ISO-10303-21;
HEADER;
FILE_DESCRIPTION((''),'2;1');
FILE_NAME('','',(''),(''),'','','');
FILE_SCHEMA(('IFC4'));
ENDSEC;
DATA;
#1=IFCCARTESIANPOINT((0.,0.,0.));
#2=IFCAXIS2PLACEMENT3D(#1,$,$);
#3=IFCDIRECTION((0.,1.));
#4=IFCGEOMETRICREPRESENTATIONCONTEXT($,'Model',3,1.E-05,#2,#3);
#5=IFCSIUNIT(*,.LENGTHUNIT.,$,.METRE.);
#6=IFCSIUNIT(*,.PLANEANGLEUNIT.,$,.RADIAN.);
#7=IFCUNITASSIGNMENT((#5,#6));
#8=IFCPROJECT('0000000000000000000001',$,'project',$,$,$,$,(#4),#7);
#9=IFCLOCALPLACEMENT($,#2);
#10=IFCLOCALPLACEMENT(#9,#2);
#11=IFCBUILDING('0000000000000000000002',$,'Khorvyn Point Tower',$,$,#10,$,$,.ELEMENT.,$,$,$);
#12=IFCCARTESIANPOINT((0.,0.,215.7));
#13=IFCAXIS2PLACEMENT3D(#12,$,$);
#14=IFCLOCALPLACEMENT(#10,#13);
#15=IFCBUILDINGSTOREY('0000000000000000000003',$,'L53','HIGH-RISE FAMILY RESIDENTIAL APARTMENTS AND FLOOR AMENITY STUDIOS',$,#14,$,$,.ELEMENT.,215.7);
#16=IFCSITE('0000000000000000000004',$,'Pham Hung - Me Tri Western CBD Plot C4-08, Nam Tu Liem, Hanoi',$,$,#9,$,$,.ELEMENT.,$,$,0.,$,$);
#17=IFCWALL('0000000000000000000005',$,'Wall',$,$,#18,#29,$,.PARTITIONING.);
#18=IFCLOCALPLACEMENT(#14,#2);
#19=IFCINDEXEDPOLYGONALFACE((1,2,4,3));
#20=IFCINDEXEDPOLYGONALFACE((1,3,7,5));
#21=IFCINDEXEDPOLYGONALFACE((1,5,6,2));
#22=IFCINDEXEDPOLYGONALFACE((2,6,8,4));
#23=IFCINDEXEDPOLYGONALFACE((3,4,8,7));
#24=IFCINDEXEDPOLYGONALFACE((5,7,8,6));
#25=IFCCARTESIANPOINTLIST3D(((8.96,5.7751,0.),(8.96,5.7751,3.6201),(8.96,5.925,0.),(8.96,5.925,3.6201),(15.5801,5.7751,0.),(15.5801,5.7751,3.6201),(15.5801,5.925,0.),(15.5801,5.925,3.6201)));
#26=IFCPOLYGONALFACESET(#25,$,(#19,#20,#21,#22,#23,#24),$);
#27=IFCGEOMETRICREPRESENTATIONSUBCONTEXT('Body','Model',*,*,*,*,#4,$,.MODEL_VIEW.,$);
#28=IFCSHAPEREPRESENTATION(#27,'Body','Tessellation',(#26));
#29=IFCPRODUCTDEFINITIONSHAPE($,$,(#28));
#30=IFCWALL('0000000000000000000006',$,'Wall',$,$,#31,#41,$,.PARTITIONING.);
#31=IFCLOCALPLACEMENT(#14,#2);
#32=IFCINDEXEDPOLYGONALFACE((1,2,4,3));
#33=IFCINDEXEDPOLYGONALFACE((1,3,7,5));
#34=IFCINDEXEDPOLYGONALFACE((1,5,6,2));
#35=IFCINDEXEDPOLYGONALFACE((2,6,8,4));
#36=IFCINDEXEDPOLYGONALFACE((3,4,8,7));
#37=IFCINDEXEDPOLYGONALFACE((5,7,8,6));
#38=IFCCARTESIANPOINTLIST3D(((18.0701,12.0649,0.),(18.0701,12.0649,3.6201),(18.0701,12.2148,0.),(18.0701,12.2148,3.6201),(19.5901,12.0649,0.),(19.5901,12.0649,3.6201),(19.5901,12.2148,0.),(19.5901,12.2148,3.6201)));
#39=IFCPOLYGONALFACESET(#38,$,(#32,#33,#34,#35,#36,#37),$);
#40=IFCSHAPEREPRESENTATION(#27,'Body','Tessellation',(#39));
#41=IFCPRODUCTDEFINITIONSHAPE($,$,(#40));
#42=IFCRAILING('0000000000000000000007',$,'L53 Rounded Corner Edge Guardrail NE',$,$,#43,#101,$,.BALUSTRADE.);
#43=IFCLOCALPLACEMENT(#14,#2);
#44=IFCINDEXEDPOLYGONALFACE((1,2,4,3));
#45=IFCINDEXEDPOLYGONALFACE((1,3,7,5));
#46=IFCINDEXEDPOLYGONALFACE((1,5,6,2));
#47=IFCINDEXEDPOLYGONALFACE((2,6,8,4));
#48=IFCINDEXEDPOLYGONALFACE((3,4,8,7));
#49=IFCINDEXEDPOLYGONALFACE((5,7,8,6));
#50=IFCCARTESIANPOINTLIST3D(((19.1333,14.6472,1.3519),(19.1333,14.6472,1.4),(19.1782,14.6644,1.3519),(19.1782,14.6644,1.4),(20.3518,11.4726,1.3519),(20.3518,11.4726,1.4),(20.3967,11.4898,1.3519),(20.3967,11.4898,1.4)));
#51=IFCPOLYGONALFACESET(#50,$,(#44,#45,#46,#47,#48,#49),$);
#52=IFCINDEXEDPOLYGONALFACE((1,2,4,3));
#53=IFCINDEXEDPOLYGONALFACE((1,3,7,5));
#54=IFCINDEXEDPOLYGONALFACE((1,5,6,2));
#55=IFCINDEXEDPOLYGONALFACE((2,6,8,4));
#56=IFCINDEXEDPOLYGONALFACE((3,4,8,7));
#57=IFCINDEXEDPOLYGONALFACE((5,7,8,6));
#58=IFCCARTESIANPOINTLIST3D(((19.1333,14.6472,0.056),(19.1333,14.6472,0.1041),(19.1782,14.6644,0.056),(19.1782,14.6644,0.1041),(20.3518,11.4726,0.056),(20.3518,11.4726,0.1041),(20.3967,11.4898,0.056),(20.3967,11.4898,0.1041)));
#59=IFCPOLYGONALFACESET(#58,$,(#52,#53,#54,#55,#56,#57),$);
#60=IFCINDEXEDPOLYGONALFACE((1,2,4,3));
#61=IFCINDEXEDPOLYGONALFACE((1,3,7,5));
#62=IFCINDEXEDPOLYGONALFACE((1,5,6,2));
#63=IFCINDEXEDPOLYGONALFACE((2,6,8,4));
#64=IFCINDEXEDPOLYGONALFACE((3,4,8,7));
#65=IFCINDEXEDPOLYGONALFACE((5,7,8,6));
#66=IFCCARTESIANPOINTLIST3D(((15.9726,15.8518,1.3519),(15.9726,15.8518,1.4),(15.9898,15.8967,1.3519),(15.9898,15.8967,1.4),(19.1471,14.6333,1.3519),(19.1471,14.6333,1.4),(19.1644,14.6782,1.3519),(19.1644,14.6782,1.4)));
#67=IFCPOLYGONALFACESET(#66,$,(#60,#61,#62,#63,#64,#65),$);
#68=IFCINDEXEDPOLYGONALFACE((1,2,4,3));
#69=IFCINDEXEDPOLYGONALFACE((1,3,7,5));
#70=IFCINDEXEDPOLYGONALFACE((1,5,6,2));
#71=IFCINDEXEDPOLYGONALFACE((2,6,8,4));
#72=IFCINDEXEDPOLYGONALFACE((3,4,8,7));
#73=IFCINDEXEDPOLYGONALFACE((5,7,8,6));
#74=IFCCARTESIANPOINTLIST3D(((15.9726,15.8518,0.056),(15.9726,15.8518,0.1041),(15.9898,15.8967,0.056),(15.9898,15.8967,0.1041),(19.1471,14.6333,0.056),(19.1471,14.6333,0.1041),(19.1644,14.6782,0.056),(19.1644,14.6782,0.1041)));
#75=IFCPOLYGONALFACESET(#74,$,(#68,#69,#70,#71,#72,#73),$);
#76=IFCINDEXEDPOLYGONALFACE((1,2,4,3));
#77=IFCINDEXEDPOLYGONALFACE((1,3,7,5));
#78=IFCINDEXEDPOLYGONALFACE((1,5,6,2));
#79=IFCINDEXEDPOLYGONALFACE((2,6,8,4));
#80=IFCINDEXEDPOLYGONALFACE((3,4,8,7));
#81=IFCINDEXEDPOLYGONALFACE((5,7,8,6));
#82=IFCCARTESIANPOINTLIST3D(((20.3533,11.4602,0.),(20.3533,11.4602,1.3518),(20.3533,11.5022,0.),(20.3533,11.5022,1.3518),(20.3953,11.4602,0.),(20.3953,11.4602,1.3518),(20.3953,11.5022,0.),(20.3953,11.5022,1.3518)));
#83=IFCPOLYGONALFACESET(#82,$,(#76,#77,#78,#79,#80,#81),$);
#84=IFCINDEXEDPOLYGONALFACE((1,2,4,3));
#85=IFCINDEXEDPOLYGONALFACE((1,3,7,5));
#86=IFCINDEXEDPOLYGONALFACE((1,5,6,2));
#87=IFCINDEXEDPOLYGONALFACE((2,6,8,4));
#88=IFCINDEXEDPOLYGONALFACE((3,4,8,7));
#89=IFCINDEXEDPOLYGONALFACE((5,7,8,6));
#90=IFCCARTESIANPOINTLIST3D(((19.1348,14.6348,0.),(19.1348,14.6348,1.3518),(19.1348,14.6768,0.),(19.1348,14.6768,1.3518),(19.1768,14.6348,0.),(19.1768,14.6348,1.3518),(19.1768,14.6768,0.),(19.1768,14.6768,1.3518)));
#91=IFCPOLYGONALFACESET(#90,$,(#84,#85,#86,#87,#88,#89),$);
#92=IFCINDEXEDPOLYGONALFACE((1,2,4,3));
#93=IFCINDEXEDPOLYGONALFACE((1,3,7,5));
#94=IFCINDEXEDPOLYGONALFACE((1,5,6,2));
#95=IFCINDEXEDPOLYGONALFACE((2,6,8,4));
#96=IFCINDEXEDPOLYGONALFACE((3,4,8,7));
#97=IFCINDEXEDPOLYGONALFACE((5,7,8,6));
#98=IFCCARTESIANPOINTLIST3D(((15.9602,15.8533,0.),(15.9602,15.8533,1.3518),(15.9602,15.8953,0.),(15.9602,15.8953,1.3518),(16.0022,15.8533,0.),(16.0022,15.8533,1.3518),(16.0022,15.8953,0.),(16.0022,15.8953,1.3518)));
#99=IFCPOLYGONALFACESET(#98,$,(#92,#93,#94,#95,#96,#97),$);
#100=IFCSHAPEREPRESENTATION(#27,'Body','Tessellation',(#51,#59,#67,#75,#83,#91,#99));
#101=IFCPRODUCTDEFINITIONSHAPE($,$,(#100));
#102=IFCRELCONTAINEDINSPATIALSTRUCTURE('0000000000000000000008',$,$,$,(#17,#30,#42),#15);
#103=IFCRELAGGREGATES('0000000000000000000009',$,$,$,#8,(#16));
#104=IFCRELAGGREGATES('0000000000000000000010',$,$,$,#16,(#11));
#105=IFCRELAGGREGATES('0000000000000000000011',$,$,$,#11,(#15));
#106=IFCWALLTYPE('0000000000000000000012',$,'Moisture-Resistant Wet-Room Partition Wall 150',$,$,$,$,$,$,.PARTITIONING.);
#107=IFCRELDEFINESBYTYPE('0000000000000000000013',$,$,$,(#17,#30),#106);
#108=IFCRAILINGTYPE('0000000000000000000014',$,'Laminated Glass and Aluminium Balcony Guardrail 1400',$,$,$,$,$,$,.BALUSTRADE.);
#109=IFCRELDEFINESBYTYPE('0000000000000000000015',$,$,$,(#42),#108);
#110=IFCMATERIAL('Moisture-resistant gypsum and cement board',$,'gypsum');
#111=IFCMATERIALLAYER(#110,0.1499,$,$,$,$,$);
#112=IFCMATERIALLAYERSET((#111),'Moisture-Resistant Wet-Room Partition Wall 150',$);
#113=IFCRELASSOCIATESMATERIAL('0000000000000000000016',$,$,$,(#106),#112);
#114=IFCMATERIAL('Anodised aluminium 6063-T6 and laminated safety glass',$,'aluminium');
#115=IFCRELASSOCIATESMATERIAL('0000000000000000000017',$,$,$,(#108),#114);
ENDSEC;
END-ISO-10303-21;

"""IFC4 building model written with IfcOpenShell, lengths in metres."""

from ifc_helpers import new_model, si_unit, direction, frame, frame_2d, origin, origin_2d, place, context, subcontext, project, spatial, rectangle, extrude, material, layer, layer_set, type_object, element, save


model = new_model("IFC4")

# Units and contexts
model_context = context("Model", 3, precision=1e-05, world=origin(), true_north=direction((0.0, 1.0)))
body_context = subcontext(model_context, "Body", "Model", "MODEL_VIEW")
ifc_project = project(units=[si_unit("LENGTHUNIT", "METRE"), si_unit("PLANEANGLEUNIT", "RADIAN")], contexts=[model_context])

# Site, building, storey
site_placement = place(None, origin())
site = spatial("IfcSite", under=ifc_project, at=site_placement, Name="Pham Hung - Me Tri Western CBD Plot C4-08, Nam Tu Liem, Hanoi", CompositionType="ELEMENT", RefElevation=0.0)
building_placement = place(site_placement, origin())
building = spatial("IfcBuilding", under=site, at=building_placement, Name="Khorvyn Point Tower", CompositionType="ELEMENT")
storey_placement = place(building_placement, frame((0.0, 0.0, 215.7)))
storey = spatial("IfcBuildingStorey", under=building, at=storey_placement, Name="L53", Description="HIGH-RISE FAMILY RESIDENTIAL APARTMENTS AND FLOOR AMENITY STUDIOS", CompositionType="ELEMENT", Elevation=215.7)

# Shared definitions
ifc_material_1 = material(Name="Moisture-resistant gypsum and cement board", Category="gypsum")
ifc_layer_1 = layer(ifc_material_1, 0.1499)
ifc_layer_set_1 = layer_set([ifc_layer_1], Name="Moisture-Resistant Wet-Room Partition Wall 150")
wall_type_1 = type_object("IfcWallType", Name="Moisture-Resistant Wet-Room Partition Wall 150", PredefinedType="PARTITIONING", material=ifc_layer_set_1)

# Walls
wall_1_placement = place(storey_placement, frame((8.96, 5.8501, 0.0), z_axis=(0.0, 0.0, 1.0), x_axis=(1.0, 0.0, 0.0)))
element("IfcWall", 1, at=wall_1_placement, inside=storey, type_object=wall_type_1, Name="Wall", PredefinedType="PARTITIONING", context=body_context, shape_type="SweptSolid", body=[
    extrude(rectangle(XDim=6.6201, YDim=0.1499, at=frame_2d((3.3101, 0.0))), origin(), (0.0, 0.0, 1.0), 3.6201),
])
wall_2_placement = place(storey_placement, frame((18.0701, 12.1399, 0.0), z_axis=(0.0, 0.0, 1.0), x_axis=(1.0, 0.0, 0.0)))
element("IfcWall", 2, at=wall_2_placement, inside=storey, type_object=wall_type_1, Name="Wall", PredefinedType="PARTITIONING", context=body_context, shape_type="SweptSolid", body=[
    extrude(rectangle(XDim=1.52, YDim=0.1499, at=frame_2d((0.76, 0.0))), origin(), (0.0, 0.0, 1.0), 3.6201),
])

# Railing
ifc_material_2 = material(Name="Anodised aluminium 6063-T6 and laminated safety glass", Category="aluminium")
railing_type = type_object("IfcRailingType", Name="Laminated Glass and Aluminium Balcony Guardrail 1400", PredefinedType="BALUSTRADE", material=ifc_material_2)
railing_placement = place(storey_placement, frame((20.3743, 11.4812, 0.0)))
element("IfcRailing", 3, at=railing_placement, inside=storey, type_object=railing_type, Name="L53 Rounded Corner Edge Guardrail NE", PredefinedType="BALUSTRADE", context=body_context, shape_type="SweptSolid", body=[
    extrude(rectangle(XDim=0.0481, YDim=0.0481, at=origin_2d()), frame((0.0, 0.0, 1.376), z_axis=(-0.358344, 0.93359, 0.0), x_axis=(-0.93359, -0.358344, 0.0)), (0.0, 0.0, 1.0), 3.4004),
    extrude(rectangle(XDim=0.0481, YDim=0.0481, at=origin_2d()), frame((0.0, 0.0, 0.0801), z_axis=(-0.358344, 0.93359, 0.0), x_axis=(-0.93359, -0.358344, 0.0)), (0.0, 0.0, 1.0), 3.4004),
    extrude(rectangle(XDim=0.0481, YDim=0.0481, at=origin_2d()), frame((-1.2185, 3.1746, 1.376), z_axis=(-0.93359, 0.358344, 0.0), x_axis=(-0.358344, -0.93359, 0.0)), (0.0, 0.0, 1.0), 3.4004),
    extrude(rectangle(XDim=0.0481, YDim=0.0481, at=origin_2d()), frame((-1.2185, 3.1746, 0.0801), z_axis=(-0.93359, 0.358344, 0.0), x_axis=(-0.358344, -0.93359, 0.0)), (0.0, 0.0, 1.0), 3.4004),
    extrude(rectangle(XDim=0.042, YDim=0.042, at=origin_2d()), origin(), (0.0, 0.0, 1.0), 1.3518),
    extrude(rectangle(XDim=0.042, YDim=0.042, at=origin_2d()), frame((-1.2185, 3.1746, 0.0)), (0.0, 0.0, 1.0), 1.3518),
    extrude(rectangle(XDim=0.042, YDim=0.042, at=origin_2d()), frame((-4.3931, 4.3931, 0.0)), (0.0, 0.0, 1.0), 1.3518),
])

save(model, "model.ifc")
